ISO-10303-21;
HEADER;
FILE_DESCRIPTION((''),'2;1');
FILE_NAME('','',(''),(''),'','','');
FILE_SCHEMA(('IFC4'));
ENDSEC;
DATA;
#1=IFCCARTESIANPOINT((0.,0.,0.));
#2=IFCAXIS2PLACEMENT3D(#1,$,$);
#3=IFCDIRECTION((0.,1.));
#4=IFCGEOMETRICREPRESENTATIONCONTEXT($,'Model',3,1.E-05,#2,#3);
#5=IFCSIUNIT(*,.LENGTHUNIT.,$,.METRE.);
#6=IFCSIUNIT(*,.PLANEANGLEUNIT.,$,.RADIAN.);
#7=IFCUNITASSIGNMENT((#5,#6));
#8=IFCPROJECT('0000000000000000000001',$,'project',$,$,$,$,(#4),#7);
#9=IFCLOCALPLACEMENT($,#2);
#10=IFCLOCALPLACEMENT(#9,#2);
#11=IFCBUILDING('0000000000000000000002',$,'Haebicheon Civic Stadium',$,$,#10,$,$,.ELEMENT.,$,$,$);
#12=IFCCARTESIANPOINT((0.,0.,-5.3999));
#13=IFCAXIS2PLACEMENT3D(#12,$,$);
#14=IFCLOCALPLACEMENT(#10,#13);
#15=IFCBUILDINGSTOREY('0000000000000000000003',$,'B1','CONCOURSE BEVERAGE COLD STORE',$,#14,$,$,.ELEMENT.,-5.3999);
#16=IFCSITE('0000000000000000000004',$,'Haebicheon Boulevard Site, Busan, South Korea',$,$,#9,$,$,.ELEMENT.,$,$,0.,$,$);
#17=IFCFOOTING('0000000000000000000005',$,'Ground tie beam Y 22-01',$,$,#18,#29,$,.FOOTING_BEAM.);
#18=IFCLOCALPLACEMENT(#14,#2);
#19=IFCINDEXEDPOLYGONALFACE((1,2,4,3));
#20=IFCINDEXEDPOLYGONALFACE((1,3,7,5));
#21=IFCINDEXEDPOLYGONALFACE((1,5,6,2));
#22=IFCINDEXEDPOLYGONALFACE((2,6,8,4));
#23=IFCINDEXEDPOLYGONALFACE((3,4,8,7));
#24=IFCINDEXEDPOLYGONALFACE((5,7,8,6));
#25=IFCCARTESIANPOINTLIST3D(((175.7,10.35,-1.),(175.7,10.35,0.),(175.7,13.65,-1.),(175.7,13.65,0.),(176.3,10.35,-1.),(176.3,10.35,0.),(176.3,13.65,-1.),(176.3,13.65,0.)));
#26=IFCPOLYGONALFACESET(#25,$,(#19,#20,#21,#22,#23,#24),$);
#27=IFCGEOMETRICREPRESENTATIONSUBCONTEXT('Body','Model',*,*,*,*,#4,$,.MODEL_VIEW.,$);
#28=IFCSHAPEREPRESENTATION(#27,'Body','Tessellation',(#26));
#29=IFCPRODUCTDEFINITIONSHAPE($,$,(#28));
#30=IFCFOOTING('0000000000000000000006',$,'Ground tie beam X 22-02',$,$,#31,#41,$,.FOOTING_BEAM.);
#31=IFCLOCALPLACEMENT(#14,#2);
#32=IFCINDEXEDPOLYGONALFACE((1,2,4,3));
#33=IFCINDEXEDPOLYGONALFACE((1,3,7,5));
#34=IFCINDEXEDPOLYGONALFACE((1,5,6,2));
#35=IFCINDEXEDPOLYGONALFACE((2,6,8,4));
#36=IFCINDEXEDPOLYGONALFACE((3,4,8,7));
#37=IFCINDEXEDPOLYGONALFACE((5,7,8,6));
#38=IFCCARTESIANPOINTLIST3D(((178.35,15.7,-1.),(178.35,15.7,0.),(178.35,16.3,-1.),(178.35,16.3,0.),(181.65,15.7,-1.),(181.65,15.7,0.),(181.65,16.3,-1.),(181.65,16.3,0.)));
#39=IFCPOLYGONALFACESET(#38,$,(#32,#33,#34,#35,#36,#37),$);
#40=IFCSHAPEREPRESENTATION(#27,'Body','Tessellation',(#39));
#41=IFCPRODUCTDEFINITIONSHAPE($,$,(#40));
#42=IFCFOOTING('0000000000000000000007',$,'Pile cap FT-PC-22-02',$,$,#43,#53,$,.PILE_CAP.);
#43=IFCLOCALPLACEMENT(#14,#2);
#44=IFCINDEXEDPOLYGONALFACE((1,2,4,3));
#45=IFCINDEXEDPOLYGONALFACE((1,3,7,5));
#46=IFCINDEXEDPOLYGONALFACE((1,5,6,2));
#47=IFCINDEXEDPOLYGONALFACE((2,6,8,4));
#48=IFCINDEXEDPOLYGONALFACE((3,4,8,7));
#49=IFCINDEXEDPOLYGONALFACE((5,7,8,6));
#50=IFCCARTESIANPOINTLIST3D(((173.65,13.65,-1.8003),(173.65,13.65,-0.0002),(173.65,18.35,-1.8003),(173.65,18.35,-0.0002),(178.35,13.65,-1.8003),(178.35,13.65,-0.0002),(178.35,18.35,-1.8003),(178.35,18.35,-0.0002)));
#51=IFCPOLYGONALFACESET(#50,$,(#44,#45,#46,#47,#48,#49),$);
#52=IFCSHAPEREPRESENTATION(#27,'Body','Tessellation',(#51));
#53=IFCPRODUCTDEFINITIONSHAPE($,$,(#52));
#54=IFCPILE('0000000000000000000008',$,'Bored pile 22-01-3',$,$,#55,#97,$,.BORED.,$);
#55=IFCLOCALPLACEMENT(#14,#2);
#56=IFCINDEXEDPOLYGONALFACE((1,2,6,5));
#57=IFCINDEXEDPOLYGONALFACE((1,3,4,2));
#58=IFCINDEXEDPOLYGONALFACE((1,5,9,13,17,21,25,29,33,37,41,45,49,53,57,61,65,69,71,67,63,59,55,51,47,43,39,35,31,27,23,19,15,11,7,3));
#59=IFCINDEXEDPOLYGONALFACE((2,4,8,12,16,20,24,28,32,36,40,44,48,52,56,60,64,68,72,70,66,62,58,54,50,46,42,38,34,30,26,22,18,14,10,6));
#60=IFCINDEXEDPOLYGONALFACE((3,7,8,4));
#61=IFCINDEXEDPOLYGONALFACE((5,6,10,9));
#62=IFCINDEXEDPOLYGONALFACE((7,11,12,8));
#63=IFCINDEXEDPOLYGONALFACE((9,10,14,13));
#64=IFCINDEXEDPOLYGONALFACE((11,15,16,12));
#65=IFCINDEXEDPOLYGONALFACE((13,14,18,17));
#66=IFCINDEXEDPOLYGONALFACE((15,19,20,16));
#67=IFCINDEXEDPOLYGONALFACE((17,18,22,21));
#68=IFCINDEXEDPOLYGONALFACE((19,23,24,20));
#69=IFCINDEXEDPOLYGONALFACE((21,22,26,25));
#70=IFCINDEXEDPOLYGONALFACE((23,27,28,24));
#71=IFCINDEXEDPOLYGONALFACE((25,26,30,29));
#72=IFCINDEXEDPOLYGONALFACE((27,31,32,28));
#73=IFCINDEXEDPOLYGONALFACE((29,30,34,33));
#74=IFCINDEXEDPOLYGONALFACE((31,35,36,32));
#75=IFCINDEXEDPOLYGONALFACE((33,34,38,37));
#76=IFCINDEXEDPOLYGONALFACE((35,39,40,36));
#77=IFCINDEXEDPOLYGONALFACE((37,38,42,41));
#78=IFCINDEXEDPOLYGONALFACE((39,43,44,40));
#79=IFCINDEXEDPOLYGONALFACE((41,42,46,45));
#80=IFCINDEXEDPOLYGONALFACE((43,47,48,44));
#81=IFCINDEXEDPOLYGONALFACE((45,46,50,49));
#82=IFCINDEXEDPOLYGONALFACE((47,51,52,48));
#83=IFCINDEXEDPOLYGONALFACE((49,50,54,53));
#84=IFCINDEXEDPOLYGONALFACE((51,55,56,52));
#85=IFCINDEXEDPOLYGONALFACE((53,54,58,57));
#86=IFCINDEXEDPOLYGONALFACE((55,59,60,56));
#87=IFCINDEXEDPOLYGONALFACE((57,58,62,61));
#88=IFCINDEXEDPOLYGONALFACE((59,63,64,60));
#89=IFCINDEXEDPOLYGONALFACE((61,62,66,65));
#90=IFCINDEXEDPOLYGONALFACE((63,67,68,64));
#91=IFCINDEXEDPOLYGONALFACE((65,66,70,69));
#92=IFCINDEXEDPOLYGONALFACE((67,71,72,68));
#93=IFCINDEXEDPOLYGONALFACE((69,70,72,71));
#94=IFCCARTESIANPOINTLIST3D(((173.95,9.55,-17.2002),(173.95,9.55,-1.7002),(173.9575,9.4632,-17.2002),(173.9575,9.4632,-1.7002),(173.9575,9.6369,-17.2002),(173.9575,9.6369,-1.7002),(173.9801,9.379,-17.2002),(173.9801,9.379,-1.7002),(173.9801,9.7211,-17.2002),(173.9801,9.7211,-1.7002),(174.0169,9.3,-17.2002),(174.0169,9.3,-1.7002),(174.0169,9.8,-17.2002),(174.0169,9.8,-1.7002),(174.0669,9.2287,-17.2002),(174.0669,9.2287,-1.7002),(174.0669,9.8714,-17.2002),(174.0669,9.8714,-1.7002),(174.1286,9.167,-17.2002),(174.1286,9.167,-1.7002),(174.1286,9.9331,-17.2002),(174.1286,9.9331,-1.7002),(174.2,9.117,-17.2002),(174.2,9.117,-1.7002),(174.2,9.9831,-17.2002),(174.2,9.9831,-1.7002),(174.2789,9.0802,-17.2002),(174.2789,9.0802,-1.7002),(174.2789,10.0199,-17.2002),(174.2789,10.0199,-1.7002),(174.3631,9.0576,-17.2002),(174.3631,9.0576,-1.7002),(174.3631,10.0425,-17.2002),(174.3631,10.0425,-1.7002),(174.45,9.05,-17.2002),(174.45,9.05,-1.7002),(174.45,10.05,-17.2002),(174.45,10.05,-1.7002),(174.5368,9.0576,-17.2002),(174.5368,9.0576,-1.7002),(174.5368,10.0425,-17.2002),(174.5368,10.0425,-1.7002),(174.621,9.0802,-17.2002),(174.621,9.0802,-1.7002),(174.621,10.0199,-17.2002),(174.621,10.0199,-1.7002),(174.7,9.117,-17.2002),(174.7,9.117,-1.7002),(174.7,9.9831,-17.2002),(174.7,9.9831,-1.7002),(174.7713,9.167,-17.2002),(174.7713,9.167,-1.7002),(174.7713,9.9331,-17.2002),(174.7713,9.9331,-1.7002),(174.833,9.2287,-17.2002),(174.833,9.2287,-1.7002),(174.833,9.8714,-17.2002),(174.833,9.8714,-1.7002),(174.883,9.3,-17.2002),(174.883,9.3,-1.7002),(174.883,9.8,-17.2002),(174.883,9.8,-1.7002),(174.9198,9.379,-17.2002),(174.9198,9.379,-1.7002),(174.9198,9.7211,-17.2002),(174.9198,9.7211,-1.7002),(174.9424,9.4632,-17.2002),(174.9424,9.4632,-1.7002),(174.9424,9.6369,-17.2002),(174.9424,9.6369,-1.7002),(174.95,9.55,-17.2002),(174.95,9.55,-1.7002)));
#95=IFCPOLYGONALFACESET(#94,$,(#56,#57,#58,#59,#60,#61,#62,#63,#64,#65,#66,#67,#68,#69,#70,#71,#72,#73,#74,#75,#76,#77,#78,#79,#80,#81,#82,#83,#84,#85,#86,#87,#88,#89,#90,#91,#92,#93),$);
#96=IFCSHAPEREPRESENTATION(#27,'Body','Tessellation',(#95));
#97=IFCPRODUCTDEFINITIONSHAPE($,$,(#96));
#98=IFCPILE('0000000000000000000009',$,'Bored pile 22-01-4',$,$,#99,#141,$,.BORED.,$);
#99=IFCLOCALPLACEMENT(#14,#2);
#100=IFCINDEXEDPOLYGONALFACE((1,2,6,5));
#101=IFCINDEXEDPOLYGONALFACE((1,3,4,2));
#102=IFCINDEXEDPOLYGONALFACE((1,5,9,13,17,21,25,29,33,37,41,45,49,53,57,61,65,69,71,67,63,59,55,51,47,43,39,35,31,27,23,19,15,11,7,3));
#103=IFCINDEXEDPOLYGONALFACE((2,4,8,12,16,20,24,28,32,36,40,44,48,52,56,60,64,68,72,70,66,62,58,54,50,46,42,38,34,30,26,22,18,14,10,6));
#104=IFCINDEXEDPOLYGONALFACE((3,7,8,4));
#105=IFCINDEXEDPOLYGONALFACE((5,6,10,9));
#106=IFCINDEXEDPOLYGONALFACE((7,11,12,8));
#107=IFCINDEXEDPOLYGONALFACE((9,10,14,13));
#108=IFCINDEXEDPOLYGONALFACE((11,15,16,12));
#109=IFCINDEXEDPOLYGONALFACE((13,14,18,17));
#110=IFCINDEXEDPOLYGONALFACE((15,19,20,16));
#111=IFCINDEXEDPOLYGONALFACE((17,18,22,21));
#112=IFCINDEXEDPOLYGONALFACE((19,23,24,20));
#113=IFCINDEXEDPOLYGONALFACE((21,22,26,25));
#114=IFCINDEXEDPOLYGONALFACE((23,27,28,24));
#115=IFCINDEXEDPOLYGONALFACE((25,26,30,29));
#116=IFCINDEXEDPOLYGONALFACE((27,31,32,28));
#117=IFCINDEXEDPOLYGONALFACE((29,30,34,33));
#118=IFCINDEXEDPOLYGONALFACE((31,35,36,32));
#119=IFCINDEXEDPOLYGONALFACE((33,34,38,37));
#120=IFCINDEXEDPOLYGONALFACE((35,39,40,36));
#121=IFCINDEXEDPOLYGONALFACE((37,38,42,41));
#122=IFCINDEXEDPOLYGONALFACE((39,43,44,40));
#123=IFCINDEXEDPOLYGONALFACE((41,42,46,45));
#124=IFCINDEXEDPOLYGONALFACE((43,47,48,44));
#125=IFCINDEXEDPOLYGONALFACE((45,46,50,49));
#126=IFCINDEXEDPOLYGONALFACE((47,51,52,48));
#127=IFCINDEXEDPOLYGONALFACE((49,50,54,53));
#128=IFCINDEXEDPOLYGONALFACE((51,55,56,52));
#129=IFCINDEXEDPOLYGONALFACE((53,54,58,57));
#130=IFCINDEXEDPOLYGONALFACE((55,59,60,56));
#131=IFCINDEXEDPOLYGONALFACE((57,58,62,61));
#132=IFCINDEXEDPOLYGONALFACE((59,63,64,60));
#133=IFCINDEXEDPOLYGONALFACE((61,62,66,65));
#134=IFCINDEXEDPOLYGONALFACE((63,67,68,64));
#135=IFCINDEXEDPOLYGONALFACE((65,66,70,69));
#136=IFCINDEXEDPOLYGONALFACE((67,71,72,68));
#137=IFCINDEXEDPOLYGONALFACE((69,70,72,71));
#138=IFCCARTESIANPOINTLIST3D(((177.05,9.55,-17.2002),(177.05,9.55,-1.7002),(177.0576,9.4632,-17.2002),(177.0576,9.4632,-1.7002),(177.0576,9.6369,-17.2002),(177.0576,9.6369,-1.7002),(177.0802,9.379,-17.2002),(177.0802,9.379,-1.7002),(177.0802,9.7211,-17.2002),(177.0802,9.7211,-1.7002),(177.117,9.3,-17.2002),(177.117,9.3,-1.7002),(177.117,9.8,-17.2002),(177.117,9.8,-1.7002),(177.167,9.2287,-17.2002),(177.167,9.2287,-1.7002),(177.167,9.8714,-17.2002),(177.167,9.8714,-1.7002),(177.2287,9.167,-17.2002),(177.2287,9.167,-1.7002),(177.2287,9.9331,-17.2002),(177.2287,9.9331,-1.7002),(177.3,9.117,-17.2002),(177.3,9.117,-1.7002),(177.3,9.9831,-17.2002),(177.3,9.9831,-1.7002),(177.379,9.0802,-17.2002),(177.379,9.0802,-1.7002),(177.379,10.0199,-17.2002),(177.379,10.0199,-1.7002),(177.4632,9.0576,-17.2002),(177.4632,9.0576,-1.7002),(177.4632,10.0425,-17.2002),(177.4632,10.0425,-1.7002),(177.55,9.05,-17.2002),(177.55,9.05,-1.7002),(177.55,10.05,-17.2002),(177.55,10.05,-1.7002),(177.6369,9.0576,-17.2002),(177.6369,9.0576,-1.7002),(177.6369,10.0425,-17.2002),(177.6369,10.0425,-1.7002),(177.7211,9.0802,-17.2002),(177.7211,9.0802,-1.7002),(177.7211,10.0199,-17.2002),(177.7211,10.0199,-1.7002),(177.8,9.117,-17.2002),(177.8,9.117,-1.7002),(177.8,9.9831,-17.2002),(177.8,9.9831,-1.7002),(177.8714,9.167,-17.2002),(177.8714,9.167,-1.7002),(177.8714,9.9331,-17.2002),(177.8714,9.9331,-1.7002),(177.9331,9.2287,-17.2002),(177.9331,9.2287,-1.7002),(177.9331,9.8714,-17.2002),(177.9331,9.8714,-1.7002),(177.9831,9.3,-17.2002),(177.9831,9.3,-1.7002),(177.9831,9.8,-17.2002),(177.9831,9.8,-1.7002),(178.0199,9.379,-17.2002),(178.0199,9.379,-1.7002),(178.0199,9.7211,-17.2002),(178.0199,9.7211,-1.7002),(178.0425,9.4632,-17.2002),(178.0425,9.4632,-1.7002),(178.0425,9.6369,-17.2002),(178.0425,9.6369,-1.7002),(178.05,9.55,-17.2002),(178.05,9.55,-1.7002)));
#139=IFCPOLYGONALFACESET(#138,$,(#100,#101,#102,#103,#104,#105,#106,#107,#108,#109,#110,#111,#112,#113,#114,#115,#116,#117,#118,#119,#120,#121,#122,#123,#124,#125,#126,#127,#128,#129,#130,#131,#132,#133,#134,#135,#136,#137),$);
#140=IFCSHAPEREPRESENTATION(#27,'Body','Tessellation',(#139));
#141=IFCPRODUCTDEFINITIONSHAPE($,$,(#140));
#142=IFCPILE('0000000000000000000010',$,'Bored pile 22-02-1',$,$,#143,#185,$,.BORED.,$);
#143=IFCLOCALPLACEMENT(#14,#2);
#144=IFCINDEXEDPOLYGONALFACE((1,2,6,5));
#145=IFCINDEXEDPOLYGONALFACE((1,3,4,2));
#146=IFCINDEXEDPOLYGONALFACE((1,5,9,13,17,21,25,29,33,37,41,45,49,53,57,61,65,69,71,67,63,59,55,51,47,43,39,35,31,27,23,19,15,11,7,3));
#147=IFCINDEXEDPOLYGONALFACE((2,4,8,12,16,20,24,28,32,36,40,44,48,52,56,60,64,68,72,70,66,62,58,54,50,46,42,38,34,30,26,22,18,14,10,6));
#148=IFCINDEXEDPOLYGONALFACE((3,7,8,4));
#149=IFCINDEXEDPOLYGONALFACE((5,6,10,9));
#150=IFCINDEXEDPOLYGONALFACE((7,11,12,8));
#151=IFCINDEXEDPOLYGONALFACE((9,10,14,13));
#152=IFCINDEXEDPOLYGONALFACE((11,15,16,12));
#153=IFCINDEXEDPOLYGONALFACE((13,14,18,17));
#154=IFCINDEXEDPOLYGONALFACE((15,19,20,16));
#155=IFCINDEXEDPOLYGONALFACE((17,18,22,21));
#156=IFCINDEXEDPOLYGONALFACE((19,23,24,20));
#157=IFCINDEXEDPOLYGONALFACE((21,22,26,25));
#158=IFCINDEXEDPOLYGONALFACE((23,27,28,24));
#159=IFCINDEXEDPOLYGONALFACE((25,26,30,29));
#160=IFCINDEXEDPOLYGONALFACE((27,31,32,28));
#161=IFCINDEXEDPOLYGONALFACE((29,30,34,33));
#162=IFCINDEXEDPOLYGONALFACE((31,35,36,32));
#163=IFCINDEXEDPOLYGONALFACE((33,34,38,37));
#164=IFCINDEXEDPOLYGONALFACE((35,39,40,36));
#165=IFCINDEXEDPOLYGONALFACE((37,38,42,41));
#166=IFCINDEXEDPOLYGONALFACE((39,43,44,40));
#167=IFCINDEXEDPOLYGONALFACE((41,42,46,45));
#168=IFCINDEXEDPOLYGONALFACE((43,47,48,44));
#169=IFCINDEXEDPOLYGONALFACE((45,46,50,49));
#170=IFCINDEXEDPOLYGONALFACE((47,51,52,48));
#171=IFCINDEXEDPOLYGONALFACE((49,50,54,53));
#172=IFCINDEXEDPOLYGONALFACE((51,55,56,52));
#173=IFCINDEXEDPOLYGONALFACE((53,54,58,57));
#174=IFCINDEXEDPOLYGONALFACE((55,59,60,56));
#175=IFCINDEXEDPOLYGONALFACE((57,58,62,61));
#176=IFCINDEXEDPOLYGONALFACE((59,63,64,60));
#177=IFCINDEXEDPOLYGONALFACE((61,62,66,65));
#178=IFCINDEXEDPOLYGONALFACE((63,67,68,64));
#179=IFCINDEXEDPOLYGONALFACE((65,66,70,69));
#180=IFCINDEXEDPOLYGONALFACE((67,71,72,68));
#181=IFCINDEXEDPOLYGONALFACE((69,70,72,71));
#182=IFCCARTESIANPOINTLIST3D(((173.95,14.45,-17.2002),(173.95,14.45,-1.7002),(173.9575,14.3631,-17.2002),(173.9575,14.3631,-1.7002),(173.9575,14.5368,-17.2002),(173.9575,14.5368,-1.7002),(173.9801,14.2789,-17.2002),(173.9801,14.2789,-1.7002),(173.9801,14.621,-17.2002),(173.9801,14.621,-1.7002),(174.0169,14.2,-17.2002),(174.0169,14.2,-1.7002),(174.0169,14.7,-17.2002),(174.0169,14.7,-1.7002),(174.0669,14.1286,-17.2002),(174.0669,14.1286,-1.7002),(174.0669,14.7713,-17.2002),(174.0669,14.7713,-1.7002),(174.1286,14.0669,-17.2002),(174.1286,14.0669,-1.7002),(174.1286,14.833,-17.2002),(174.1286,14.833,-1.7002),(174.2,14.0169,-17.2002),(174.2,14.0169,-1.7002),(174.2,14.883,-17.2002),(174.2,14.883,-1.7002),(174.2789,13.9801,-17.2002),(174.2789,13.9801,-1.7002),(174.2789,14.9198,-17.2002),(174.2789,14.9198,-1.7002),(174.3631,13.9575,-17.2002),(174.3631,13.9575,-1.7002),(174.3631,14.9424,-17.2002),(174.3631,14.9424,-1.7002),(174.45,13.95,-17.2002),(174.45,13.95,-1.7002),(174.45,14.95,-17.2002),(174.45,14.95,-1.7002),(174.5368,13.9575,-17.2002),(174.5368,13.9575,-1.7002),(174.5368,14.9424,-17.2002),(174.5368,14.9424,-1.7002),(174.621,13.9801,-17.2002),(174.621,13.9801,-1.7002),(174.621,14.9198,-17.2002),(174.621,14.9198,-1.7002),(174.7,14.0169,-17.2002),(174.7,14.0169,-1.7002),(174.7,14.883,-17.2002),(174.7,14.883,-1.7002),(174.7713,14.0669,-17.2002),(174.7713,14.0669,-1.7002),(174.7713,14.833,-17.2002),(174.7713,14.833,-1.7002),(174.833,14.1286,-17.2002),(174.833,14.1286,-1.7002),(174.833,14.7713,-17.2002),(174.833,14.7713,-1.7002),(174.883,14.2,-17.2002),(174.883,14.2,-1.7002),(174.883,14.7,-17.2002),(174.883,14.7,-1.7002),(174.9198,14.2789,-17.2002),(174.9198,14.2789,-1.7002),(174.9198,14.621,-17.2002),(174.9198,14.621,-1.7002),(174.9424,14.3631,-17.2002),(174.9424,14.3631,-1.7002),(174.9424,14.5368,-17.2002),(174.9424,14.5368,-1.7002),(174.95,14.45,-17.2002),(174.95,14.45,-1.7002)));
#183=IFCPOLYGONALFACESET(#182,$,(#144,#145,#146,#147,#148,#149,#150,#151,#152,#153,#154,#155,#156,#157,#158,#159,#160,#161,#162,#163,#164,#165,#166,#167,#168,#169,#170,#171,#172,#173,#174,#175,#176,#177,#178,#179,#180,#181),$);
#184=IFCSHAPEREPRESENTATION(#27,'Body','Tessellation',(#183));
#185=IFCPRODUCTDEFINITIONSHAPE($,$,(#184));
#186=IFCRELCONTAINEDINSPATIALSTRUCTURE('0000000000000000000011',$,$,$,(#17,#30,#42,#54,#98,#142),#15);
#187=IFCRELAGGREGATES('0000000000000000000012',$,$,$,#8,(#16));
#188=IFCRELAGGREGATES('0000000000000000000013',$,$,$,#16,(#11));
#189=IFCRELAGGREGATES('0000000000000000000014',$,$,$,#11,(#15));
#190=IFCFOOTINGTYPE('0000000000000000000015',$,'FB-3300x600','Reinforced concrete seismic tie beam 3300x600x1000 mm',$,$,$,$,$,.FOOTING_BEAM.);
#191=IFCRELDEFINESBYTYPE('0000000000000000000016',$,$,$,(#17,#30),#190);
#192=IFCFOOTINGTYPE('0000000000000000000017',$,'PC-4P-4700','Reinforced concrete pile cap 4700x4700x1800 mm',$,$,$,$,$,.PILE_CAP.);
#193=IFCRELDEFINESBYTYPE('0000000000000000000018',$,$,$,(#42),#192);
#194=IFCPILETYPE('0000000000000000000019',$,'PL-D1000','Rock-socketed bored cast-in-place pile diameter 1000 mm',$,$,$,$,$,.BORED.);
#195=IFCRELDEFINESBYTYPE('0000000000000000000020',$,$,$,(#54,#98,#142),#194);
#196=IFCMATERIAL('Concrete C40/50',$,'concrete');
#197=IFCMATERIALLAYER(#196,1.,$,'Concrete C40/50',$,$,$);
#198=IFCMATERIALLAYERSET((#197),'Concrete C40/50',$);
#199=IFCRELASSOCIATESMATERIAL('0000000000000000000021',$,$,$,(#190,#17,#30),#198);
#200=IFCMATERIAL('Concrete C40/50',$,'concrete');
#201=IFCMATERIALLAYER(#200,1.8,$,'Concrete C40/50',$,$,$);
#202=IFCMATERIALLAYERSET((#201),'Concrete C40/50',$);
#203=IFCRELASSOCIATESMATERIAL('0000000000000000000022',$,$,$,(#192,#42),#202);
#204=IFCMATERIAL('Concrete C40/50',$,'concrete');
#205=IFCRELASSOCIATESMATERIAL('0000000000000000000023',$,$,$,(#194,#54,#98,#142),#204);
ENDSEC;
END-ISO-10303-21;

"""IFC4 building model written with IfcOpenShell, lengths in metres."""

from ifc_helpers import new_model, si_unit, direction, frame, origin, origin_2d, place, context, subcontext, project, spatial, rectangle, circle, extrude, material, layer, layer_set, material_profile, profile_set, type_object, element, save


model = new_model("IFC4")

# Units and contexts
model_context = context("Model", 3, precision=1e-05, world=origin(), true_north=direction((0.0, 1.0)))
body_context = subcontext(model_context, "Body", "Model", "MODEL_VIEW")
ifc_project = project(units=[si_unit("LENGTHUNIT", "METRE"), si_unit("PLANEANGLEUNIT", "RADIAN")], contexts=[model_context])

# Site, building, storey
site_placement = place(None, origin())
site = spatial("IfcSite", under=ifc_project, at=site_placement, Name="Haebicheon Boulevard Site, Busan, South Korea", CompositionType="ELEMENT", RefElevation=0.0)
building_placement = place(site_placement, origin())
building = spatial("IfcBuilding", under=site, at=building_placement, Name="Haebicheon Civic Stadium", CompositionType="ELEMENT")
storey_placement = place(building_placement, frame((0.0, 0.0, -5.3999)))
storey = spatial("IfcBuildingStorey", under=building, at=storey_placement, Name="B1", Description="CONCOURSE BEVERAGE COLD STORE", CompositionType="ELEMENT", Elevation=-5.3999)

# Footings
ifc_material_1 = material(Name="Concrete C40/50", Category="concrete")
ifc_layer_1 = layer(ifc_material_1, 1.0, Name="Concrete C40/50")
ifc_layer_set_1 = layer_set([ifc_layer_1], Name="Concrete C40/50")
footing_type_1 = type_object("IfcFootingType", Name="FB-3300x600", Description="Reinforced concrete seismic tie beam 3300x600x1000 mm", PredefinedType="FOOTING_BEAM", material=ifc_layer_set_1)
for number, where, z_axis, x_axis, name in (
    (1, (176.0, 12.0, -1.0), (0.0, 0.0, 1.0), (0.0, 1.0, 0.0), "Ground tie beam Y 22-01"),
    (2, (180.0, 16.0, -1.0), (0.0, 0.0, 1.0), (1.0, 0.0, 0.0), "Ground tie beam X 22-02"),
):
    element("IfcFooting", number, at=place(storey_placement, frame(where, z_axis=z_axis, x_axis=x_axis)), inside=storey, type_object=footing_type_1, material=ifc_layer_set_1, Name=name, PredefinedType="FOOTING_BEAM", context=body_context, shape_type="SweptSolid", body=[
        extrude(rectangle(XDim=3.3, YDim=0.6001, at=origin_2d()), origin(), (0.0, 0.0, 1.0), 1.0),
    ])
ifc_material_2 = material(Name="Concrete C40/50", Category="concrete")
ifc_layer_2 = layer(ifc_material_2, 1.8, Name="Concrete C40/50")
ifc_layer_set_2 = layer_set([ifc_layer_2], Name="Concrete C40/50")
footing_type_2 = type_object("IfcFootingType", Name="PC-4P-4700", Description="Reinforced concrete pile cap 4700x4700x1800 mm", PredefinedType="PILE_CAP", material=ifc_layer_set_2)
footing_placement = place(storey_placement, frame((176.0, 16.0, -1.8003), z_axis=(0.0, 0.0, 1.0), x_axis=(1.0, 0.0, 0.0)))
element("IfcFooting", 3, at=footing_placement, inside=storey, type_object=footing_type_2, material=ifc_layer_set_2, Name="Pile cap FT-PC-22-02", PredefinedType="PILE_CAP", context=body_context, shape_type="SweptSolid", body=[
    extrude(rectangle(XDim=4.7, YDim=4.7, at=origin_2d()), origin(), (0.0, 0.0, 1.0), 1.8),
])

# Piles
ifc_material_3 = material(Name="Concrete C40/50", Category="concrete")
ifc_material_profile_1 = material_profile(ifc_material_3, circle(Radius=0.5, at=origin_2d()), Name="PILE-D1000")
ifc_profile_set_1 = profile_set([ifc_material_profile_1], Name="Concrete C40/50")
pile_type = type_object("IfcPileType", Name="PL-D1000", Description="Rock-socketed bored cast-in-place pile diameter 1000 mm", PredefinedType="BORED", material=ifc_profile_set_1)
for number, where, z_axis, x_axis, name in (
    (4, (174.45, 9.55, -1.7002), (0.0, 0.0, -1.0), (1.0, 0.0, 0.0), "Bored pile 22-01-3"),
    (5, (177.55, 9.55, -1.7002), (0.0, 0.0, -1.0), (1.0, 0.0, 0.0), "Bored pile 22-01-4"),
    (6, (174.45, 14.45, -1.7002), (0.0, 0.0, -1.0), (1.0, 0.0, 0.0), "Bored pile 22-02-1"),
):
    element("IfcPile", number, at=place(storey_placement, frame(where, z_axis=z_axis, x_axis=x_axis)), inside=storey, type_object=pile_type, material=ifc_profile_set_1, Name=name, PredefinedType="BORED", context=body_context, shape_type="SweptSolid", body=[
        extrude(circle(Radius=0.5, at=origin_2d()), origin(), (0.0, 0.0, 1.0), 15.5),
    ])

save(model, "model.ifc")
